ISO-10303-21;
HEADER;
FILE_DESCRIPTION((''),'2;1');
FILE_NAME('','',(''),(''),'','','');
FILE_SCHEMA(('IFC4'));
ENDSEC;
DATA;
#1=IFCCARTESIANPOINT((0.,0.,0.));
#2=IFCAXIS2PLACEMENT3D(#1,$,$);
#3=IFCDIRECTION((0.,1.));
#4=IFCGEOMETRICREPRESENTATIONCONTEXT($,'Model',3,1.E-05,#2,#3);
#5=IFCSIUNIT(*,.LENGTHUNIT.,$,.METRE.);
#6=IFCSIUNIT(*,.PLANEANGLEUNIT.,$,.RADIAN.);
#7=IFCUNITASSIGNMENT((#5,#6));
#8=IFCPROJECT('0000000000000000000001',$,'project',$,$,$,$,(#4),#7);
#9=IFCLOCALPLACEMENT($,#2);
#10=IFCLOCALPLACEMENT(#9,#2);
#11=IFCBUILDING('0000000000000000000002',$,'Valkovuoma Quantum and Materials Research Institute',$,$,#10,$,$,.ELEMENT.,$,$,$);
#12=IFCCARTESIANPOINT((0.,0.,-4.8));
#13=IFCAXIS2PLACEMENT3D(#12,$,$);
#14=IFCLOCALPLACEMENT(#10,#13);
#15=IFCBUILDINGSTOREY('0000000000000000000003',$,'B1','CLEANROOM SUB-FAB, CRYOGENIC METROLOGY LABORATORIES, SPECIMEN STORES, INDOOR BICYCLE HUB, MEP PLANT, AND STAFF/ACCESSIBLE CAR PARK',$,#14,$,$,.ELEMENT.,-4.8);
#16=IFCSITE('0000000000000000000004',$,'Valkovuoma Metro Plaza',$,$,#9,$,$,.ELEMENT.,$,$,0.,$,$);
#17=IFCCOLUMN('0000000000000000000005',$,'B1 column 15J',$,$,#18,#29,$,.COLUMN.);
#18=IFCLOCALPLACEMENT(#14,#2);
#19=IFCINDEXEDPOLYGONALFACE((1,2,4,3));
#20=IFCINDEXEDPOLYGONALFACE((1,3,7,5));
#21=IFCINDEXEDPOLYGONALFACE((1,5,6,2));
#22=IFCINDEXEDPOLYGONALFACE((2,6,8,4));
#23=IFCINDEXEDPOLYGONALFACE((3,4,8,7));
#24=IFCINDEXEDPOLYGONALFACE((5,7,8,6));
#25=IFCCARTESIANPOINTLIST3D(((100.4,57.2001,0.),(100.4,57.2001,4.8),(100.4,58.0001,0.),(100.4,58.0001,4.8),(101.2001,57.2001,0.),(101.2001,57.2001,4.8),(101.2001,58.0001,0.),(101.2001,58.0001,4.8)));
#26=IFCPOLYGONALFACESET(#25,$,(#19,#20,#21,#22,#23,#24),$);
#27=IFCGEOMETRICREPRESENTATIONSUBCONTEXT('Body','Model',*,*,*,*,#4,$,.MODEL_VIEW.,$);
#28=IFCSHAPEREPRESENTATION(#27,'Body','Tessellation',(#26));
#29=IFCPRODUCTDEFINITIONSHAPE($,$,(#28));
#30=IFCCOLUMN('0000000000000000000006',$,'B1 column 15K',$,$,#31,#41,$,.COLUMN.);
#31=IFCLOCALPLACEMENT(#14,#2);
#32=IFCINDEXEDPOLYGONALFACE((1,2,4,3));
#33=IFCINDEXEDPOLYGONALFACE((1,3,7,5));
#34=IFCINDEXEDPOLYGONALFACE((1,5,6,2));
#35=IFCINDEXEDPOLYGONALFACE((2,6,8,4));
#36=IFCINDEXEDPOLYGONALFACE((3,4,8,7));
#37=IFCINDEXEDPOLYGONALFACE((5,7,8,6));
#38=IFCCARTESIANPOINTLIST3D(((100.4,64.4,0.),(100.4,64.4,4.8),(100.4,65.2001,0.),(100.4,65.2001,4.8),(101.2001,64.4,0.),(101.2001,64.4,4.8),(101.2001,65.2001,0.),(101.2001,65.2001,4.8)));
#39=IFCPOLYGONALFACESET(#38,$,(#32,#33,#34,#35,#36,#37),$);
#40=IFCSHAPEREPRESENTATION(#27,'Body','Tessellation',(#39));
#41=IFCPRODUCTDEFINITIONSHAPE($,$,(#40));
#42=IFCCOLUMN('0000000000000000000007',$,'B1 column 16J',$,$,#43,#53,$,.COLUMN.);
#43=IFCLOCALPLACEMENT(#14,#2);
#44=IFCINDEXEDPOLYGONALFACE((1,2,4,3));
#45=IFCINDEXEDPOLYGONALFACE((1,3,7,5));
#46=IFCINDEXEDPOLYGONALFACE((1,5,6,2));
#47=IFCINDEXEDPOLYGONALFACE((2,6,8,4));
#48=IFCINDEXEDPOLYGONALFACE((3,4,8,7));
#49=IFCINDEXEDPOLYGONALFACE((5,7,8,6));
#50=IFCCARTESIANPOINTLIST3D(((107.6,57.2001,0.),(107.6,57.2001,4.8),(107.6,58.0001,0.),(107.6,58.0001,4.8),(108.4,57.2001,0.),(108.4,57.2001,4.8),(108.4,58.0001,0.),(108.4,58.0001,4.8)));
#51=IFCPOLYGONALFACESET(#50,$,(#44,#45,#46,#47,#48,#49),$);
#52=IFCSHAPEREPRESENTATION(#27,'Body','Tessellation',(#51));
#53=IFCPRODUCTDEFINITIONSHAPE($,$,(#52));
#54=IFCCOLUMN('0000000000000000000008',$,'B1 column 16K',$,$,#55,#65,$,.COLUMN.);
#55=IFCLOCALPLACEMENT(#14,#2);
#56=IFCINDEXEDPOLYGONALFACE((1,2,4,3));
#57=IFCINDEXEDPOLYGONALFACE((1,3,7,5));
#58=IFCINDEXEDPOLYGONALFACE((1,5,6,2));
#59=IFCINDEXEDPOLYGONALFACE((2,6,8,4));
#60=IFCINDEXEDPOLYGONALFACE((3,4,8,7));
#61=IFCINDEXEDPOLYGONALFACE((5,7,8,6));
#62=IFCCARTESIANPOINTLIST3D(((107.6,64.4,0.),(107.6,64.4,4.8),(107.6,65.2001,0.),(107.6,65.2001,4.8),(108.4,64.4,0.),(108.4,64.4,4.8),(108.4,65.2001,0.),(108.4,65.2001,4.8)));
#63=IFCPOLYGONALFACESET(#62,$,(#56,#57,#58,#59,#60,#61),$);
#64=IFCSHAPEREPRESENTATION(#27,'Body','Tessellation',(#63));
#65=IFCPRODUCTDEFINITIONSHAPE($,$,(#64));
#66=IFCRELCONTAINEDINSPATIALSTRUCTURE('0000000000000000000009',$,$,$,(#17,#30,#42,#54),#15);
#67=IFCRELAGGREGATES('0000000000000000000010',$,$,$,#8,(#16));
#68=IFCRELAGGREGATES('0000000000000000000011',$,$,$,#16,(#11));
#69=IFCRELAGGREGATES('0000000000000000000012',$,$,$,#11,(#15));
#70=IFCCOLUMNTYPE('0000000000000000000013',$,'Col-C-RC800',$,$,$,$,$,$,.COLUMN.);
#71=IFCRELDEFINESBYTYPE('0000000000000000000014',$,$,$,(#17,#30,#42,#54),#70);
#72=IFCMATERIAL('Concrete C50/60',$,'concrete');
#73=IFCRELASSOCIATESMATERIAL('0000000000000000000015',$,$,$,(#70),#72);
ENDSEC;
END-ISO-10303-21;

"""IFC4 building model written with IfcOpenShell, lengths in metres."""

from ifc_helpers import new_model, si_unit, direction, frame, origin, origin_2d, place, context, subcontext, project, spatial, rectangle, extrude, material, material_profile, profile_set, type_object, element, save


model = new_model("IFC4")

# Units and contexts
model_context = context("Model", 3, precision=1e-05, world=origin(), true_north=direction((0.0, 1.0)))
body_context = subcontext(model_context, "Body", "Model", "MODEL_VIEW")
ifc_project = project(units=[si_unit("LENGTHUNIT", "METRE"), si_unit("PLANEANGLEUNIT", "RADIAN")], contexts=[model_context])

# Site, building, storey
site_placement = place(None, origin())
site = spatial("IfcSite", under=ifc_project, at=site_placement, Name="Valkovuoma Metro Plaza", CompositionType="ELEMENT", RefElevation=0.0)
building_placement = place(site_placement, origin())
building = spatial("IfcBuilding", under=site, at=building_placement, Name="Valkovuoma Quantum and Materials Research Institute", CompositionType="ELEMENT")
storey_placement = place(building_placement, frame((0.0, 0.0, -4.8)))
storey = spatial("IfcBuildingStorey", under=building, at=storey_placement, Name="B1", Description="CLEANROOM SUB-FAB, CRYOGENIC METROLOGY LABORATORIES, SPECIMEN STORES, INDOOR BICYCLE HUB, MEP PLANT, AND STAFF/ACCESSIBLE CAR PARK", CompositionType="ELEMENT", Elevation=-4.8)

# Columns
ifc_material_1 = material(Name="Concrete C50/60", Category="concrete")
ifc_material_profile_1 = material_profile(ifc_material_1, rectangle(XDim=0.8, YDim=0.8, at=origin_2d()), Name="Concrete C50/60")
ifc_profile_set_1 = profile_set([ifc_material_profile_1], Name="Concrete C50/60")
column_type = type_object("IfcColumnType", Name="Col-C-RC800", PredefinedType="COLUMN", material=ifc_profile_set_1)
for number, where, z_axis, x_axis, name in (
    (1, (100.8, 57.6001, 0.0), (0.0, 0.0, 1.0), (1.0, 0.0, 0.0), "B1 column 15J"),
    (2, (100.8, 64.8, 0.0), (0.0, 0.0, 1.0), (1.0, 0.0, 0.0), "B1 column 15K"),
    (3, (108.0, 57.6001, 0.0), (0.0, 0.0, 1.0), (1.0, 0.0, 0.0), "B1 column 16J"),
    (4, (108.0, 64.8, 0.0), (0.0, 0.0, 1.0), (1.0, 0.0, 0.0), "B1 column 16K"),
):
    element("IfcColumn", number, at=place(storey_placement, frame(where, z_axis=z_axis, x_axis=x_axis)), inside=storey, type_object=column_type, Name=name, PredefinedType="COLUMN", context=body_context, shape_type="SweptSolid", body=[
        extrude(rectangle(XDim=0.8, YDim=0.8, at=origin_2d()), origin(), (0.0, 0.0, 1.0), 4.8),
    ])

save(model, "model.ifc")
